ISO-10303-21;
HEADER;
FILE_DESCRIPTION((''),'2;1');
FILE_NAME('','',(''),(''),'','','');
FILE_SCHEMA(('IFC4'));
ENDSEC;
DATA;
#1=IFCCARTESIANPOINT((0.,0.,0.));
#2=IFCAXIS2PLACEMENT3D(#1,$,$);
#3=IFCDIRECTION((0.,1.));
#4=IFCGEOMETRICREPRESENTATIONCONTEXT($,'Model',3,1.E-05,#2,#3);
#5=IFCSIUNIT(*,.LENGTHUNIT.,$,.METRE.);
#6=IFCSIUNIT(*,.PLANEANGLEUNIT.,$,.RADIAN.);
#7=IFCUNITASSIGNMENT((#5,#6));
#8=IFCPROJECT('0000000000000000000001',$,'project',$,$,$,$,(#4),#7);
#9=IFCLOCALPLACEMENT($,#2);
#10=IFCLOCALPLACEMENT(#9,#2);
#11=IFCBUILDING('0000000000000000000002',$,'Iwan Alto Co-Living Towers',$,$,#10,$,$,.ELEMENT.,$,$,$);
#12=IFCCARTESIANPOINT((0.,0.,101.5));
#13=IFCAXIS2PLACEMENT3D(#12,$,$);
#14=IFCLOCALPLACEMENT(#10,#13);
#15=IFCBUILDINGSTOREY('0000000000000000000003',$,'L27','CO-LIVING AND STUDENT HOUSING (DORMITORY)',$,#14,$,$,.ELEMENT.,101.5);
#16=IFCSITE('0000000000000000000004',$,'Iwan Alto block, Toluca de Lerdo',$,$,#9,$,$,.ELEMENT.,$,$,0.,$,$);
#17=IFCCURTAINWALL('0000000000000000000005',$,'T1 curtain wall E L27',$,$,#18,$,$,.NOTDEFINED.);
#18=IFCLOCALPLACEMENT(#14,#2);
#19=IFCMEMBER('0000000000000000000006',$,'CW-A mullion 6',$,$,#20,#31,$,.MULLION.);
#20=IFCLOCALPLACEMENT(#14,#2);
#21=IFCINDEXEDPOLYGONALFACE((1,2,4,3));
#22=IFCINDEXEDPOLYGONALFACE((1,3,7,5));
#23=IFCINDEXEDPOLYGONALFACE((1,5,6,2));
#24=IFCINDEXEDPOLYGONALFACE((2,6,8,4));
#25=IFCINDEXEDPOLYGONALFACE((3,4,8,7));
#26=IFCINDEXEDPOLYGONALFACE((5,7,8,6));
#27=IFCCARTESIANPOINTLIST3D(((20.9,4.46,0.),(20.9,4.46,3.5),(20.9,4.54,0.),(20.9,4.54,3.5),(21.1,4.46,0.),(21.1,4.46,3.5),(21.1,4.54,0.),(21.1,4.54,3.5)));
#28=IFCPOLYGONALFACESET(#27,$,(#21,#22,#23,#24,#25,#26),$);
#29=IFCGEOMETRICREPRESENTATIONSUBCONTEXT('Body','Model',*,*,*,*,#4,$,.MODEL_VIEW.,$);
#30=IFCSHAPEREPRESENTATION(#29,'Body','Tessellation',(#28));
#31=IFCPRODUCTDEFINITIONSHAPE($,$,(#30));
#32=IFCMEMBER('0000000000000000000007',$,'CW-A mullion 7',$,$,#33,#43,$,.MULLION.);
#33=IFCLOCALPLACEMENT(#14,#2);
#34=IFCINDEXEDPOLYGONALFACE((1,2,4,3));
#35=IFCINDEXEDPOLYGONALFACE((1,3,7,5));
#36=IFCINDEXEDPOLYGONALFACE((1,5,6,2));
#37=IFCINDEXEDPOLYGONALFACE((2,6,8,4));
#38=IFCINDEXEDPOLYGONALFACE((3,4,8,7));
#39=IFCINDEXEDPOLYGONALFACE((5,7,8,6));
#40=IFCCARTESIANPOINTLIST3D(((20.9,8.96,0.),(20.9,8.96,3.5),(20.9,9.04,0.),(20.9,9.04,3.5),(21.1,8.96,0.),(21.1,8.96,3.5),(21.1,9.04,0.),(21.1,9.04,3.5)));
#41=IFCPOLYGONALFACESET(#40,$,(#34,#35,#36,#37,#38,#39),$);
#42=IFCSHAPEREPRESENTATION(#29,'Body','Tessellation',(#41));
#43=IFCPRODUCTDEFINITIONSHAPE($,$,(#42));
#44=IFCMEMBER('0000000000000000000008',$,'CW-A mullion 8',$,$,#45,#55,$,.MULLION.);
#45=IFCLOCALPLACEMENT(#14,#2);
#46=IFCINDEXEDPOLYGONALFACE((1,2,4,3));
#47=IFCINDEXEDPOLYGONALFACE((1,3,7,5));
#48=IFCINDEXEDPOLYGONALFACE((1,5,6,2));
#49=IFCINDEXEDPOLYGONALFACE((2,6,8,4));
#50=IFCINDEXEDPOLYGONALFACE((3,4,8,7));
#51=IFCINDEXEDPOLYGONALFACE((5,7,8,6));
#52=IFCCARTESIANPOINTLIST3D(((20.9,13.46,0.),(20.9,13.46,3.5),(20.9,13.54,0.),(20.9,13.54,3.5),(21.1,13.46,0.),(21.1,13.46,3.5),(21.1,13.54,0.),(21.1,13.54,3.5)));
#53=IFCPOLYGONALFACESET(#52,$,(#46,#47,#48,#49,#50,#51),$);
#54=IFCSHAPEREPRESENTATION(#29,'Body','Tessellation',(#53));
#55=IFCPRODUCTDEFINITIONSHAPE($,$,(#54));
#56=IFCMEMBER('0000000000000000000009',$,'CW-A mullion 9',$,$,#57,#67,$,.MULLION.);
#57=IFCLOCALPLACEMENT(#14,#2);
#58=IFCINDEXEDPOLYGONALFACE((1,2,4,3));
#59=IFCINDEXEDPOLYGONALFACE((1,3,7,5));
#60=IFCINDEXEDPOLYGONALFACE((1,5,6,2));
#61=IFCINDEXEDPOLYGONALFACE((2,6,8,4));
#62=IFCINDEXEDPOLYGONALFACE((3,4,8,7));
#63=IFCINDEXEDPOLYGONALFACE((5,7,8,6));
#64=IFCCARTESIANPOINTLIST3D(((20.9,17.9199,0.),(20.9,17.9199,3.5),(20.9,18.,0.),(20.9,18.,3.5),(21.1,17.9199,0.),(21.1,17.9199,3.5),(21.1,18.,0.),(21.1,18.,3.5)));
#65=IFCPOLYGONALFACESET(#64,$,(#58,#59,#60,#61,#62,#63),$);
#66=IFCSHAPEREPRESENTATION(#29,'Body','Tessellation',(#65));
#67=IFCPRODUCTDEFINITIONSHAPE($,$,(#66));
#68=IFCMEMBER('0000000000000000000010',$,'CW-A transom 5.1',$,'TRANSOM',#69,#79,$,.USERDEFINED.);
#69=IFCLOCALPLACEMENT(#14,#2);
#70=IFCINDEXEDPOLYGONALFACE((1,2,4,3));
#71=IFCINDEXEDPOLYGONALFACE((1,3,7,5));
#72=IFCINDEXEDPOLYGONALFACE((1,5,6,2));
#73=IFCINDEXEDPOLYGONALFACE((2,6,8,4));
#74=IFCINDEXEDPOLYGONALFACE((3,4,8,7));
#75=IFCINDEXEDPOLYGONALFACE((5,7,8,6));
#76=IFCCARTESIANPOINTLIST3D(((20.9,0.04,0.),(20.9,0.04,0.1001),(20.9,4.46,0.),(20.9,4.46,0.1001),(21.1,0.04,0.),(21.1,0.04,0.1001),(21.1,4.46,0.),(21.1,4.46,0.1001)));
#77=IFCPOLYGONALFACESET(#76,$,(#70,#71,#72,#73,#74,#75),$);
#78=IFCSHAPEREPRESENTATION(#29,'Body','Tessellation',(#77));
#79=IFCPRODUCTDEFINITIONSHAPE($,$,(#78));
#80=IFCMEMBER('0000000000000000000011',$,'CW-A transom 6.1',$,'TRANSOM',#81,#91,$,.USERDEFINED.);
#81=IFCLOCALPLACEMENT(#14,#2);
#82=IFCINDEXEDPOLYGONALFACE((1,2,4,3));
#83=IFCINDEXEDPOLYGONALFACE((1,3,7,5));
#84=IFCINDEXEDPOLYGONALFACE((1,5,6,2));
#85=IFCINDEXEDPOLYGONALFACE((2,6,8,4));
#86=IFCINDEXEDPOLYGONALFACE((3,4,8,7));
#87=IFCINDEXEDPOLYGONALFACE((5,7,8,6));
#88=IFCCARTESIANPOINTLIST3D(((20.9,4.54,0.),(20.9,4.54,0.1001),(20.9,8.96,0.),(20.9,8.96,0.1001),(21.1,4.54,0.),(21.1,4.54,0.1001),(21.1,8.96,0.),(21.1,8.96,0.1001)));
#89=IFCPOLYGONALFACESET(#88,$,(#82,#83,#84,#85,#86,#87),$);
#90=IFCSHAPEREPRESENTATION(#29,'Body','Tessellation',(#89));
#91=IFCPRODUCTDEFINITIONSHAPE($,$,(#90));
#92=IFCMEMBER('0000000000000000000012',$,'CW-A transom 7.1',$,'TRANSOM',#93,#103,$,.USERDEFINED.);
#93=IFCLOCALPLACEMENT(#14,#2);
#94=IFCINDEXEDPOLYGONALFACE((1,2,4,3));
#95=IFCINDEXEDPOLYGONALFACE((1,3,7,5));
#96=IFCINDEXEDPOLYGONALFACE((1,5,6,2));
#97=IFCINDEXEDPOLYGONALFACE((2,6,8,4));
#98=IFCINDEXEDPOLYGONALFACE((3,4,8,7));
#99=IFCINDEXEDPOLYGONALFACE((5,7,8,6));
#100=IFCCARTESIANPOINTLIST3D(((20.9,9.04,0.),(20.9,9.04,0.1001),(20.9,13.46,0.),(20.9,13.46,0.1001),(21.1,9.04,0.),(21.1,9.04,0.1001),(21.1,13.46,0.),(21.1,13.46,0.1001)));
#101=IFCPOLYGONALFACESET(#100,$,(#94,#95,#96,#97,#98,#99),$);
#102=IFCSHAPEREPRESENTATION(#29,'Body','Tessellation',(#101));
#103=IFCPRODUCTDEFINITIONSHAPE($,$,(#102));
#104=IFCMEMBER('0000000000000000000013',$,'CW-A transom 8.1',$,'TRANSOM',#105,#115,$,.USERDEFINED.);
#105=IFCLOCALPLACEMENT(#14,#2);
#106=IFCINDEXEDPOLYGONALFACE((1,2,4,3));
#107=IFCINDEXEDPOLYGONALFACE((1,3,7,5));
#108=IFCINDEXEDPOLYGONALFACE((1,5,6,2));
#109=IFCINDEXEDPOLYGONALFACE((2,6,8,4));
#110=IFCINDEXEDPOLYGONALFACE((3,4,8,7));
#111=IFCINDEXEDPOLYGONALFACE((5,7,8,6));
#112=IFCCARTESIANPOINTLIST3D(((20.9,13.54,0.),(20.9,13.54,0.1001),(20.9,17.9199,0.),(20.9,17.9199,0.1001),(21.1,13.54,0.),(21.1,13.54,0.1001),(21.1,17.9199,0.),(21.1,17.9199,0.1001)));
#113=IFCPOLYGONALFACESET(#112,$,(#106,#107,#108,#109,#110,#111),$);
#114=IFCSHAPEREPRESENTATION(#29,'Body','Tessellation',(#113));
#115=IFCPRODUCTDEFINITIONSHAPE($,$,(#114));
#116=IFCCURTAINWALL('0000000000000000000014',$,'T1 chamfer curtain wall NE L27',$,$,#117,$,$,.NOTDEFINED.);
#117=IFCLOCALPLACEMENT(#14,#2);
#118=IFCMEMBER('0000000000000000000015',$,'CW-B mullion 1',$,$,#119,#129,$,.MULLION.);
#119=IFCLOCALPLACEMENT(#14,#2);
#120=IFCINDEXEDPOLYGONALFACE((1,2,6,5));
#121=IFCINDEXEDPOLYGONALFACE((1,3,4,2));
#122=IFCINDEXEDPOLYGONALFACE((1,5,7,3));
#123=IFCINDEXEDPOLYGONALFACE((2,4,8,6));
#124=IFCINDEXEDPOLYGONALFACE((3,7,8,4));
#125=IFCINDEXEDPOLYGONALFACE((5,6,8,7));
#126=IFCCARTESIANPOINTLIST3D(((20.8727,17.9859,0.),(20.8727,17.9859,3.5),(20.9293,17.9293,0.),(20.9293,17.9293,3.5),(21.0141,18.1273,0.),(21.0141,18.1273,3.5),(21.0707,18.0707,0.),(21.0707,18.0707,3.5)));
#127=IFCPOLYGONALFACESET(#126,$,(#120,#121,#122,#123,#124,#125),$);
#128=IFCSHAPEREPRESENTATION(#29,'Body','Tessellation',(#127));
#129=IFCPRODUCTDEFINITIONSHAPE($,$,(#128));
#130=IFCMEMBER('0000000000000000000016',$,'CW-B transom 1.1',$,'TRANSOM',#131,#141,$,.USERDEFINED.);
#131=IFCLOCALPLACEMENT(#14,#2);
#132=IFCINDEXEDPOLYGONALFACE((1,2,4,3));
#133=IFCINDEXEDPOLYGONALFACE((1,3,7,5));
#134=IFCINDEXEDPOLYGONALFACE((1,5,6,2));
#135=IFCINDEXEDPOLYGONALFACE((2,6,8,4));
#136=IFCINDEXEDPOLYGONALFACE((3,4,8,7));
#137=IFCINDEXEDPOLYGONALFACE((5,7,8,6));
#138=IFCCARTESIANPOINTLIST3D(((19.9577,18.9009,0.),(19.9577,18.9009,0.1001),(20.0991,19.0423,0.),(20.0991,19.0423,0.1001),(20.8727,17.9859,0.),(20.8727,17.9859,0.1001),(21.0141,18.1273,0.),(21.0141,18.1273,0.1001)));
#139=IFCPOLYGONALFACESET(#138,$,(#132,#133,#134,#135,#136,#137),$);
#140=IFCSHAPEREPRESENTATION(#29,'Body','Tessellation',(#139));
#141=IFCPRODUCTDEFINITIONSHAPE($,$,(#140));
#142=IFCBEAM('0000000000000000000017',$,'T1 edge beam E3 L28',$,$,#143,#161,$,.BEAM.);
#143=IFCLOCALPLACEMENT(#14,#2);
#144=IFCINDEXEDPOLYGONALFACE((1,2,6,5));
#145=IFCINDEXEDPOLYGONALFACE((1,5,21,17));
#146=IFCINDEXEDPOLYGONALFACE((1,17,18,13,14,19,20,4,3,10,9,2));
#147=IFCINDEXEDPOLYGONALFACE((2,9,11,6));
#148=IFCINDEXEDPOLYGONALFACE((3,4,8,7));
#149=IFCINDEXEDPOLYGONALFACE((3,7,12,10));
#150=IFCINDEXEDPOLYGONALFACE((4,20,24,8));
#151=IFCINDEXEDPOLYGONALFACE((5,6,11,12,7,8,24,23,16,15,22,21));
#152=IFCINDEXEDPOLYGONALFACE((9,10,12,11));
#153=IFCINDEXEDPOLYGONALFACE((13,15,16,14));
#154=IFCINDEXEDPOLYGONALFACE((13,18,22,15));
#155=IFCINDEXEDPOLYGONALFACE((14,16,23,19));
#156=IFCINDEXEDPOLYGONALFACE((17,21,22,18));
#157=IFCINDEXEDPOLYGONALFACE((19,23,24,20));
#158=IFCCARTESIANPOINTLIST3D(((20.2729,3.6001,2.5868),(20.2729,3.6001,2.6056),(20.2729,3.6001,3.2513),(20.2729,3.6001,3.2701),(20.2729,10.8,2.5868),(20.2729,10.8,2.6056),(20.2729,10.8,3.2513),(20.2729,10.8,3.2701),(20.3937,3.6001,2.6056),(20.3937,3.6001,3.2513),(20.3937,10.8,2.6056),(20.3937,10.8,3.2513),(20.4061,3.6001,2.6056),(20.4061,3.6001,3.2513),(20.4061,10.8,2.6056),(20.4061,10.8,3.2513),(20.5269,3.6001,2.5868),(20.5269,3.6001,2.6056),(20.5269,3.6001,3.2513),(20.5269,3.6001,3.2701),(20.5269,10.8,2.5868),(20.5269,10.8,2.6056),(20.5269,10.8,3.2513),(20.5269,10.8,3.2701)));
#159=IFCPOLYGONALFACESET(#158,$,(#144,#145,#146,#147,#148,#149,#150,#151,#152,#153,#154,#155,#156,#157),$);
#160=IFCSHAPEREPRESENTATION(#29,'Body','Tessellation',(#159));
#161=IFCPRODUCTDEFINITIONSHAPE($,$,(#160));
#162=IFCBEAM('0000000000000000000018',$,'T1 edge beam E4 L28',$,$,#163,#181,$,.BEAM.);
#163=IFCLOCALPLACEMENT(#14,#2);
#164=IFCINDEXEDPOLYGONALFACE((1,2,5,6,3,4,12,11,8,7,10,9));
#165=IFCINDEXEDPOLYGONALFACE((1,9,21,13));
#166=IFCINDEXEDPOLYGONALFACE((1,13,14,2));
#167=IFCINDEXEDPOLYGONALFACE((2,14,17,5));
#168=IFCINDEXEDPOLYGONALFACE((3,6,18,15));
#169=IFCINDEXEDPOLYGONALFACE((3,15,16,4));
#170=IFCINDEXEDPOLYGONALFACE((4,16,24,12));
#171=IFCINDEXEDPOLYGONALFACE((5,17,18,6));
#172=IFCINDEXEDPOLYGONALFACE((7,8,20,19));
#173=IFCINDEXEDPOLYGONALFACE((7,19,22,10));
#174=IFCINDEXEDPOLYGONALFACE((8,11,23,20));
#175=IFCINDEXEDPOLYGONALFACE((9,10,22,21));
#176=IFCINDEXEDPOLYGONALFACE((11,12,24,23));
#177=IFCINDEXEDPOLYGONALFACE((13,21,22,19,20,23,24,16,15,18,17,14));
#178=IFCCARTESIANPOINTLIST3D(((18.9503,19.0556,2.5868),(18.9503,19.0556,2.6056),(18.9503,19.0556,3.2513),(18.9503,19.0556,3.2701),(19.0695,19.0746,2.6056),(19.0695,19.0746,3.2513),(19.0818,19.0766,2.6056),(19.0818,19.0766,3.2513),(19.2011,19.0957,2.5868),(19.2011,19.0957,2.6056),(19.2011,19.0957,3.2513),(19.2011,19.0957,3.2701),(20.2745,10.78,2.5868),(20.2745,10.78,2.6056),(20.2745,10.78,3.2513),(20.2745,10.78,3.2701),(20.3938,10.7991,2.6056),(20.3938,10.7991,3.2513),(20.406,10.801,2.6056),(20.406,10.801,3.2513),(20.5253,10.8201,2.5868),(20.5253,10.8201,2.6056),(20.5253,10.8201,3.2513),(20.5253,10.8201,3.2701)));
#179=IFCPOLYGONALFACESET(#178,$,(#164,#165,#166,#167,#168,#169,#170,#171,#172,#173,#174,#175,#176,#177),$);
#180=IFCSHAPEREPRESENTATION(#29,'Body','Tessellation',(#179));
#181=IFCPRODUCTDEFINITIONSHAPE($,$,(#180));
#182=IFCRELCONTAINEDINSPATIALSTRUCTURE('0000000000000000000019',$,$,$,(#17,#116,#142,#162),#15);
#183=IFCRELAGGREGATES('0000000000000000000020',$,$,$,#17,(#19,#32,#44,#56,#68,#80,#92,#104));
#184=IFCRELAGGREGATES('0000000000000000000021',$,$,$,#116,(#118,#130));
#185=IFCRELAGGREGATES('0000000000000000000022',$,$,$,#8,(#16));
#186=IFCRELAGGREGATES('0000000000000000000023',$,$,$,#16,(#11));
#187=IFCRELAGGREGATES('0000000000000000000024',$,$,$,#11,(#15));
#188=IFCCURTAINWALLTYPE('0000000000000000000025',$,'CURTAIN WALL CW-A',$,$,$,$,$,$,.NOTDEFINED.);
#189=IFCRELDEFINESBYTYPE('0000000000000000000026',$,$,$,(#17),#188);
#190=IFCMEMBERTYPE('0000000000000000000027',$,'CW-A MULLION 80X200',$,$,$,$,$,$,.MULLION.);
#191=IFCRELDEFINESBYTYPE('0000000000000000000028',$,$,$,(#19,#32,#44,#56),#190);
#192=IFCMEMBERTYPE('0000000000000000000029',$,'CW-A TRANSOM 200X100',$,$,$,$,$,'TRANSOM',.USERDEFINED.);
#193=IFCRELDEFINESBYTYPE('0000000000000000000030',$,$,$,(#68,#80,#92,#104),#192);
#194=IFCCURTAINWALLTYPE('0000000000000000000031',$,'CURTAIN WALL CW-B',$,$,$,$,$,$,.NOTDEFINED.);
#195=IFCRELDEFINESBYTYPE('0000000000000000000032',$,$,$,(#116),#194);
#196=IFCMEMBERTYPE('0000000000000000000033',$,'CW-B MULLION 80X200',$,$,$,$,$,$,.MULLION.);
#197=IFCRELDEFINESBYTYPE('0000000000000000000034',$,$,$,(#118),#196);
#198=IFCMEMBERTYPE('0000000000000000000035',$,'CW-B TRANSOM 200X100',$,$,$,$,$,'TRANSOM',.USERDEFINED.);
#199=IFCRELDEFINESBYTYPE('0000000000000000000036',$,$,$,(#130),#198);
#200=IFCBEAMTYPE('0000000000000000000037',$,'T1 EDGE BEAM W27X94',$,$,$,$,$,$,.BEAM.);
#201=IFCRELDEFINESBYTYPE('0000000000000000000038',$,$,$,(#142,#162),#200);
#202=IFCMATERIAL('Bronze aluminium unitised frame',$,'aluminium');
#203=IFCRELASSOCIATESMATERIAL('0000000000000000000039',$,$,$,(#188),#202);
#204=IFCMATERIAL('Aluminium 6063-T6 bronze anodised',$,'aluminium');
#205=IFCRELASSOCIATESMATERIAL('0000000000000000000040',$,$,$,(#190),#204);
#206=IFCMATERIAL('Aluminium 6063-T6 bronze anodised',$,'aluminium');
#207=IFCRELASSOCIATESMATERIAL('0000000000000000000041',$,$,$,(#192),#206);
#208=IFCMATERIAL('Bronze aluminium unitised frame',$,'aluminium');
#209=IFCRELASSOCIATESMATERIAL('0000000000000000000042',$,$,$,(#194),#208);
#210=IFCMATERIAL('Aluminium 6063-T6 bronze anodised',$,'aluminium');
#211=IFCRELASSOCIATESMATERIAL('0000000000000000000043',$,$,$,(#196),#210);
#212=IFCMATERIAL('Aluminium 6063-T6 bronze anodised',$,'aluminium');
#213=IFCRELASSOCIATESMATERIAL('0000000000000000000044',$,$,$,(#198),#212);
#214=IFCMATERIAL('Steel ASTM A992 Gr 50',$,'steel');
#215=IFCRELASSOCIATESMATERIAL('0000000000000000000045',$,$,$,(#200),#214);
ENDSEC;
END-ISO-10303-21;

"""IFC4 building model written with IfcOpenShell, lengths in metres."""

from ifc_helpers import new_model, si_unit, direction, frame, origin, origin_2d, place, context, subcontext, project, spatial, rectangle, i_section, extrude, material, material_profile, profile_set, type_object, element, aggregate, save


model = new_model("IFC4")

# Units and contexts
model_context = context("Model", 3, precision=1e-05, world=origin(), true_north=direction((0.0, 1.0)))
body_context = subcontext(model_context, "Body", "Model", "MODEL_VIEW")
ifc_project = project(units=[si_unit("LENGTHUNIT", "METRE"), si_unit("PLANEANGLEUNIT", "RADIAN")], contexts=[model_context])

# Site, building, storey
site_placement = place(None, origin())
site = spatial("IfcSite", under=ifc_project, at=site_placement, Name="Iwan Alto block, Toluca de Lerdo", CompositionType="ELEMENT", RefElevation=0.0)
building_placement = place(site_placement, origin())
building = spatial("IfcBuilding", under=site, at=building_placement, Name="Iwan Alto Co-Living Towers", CompositionType="ELEMENT")
storey_placement = place(building_placement, frame((0.0, 0.0, 101.5)))
storey = spatial("IfcBuildingStorey", under=building, at=storey_placement, Name="L27", Description="CO-LIVING AND STUDENT HOUSING (DORMITORY)", CompositionType="ELEMENT", Elevation=101.5)

# Curtain walls, members
ifc_material_1 = material(Name="Bronze aluminium unitised frame", Category="aluminium")
curtain_wall_type_1 = type_object("IfcCurtainWallType", Name="CURTAIN WALL CW-A", PredefinedType="NOTDEFINED", material=ifc_material_1)
curtain_wall_1_placement = place(storey_placement, origin())
curtain_wall_1 = element("IfcCurtainWall", 1, at=curtain_wall_1_placement, inside=storey, type_object=curtain_wall_type_1, Name="T1 curtain wall E L27", PredefinedType="NOTDEFINED")
ifc_material_2 = material(Name="Aluminium 6063-T6 bronze anodised", Category="aluminium")
ifc_material_profile_1 = material_profile(ifc_material_2, rectangle(XDim=0.2, YDim=0.0801, at=origin_2d()), Name="AL 80X200")
ifc_profile_set_1 = profile_set([ifc_material_profile_1], Name="Aluminium 6063-T6 bronze anodised")
member_type_1 = type_object("IfcMemberType", Name="CW-A MULLION 80X200", PredefinedType="MULLION", material=ifc_profile_set_1)
member_1_placement = place(storey_placement, frame((21.0, 4.5, 0.0), z_axis=(0.0, 0.0, 1.0), x_axis=(-1.0, 0.0, 0.0)))
member_1 = element("IfcMember", 2, at=member_1_placement, type_object=member_type_1, Name="CW-A mullion 6", PredefinedType="MULLION", context=body_context, shape_type="SweptSolid", body=[
    extrude(rectangle(XDim=0.2, YDim=0.0801, at=origin_2d()), origin(), (0.0, 0.0, 1.0), 3.5),
])
member_2_placement = place(storey_placement, frame((21.0, 9.0, 0.0), z_axis=(0.0, 0.0, 1.0), x_axis=(-1.0, 0.0, 0.0)))
member_2 = element("IfcMember", 3, at=member_2_placement, type_object=member_type_1, Name="CW-A mullion 7", PredefinedType="MULLION", context=body_context, shape_type="SweptSolid", body=[
    extrude(rectangle(XDim=0.2, YDim=0.0801, at=origin_2d()), origin(), (0.0, 0.0, 1.0), 3.5),
])
member_3_placement = place(storey_placement, frame((21.0, 13.5, 0.0), z_axis=(0.0, 0.0, 1.0), x_axis=(-1.0, 0.0, 0.0)))
member_3 = element("IfcMember", 4, at=member_3_placement, type_object=member_type_1, Name="CW-A mullion 8", PredefinedType="MULLION", context=body_context, shape_type="SweptSolid", body=[
    extrude(rectangle(XDim=0.2, YDim=0.0801, at=origin_2d()), origin(), (0.0, 0.0, 1.0), 3.5),
])
member_4_placement = place(storey_placement, frame((21.0, 17.96, 0.0), z_axis=(0.0, 0.0, 1.0), x_axis=(-1.0, 0.0, 0.0)))
member_4 = element("IfcMember", 5, at=member_4_placement, type_object=member_type_1, Name="CW-A mullion 9", PredefinedType="MULLION", context=body_context, shape_type="SweptSolid", body=[
    extrude(rectangle(XDim=0.2, YDim=0.0801, at=origin_2d()), origin(), (0.0, 0.0, 1.0), 3.5),
])
ifc_material_3 = material(Name="Aluminium 6063-T6 bronze anodised", Category="aluminium")
ifc_material_profile_2 = material_profile(ifc_material_3, rectangle(XDim=0.2, YDim=0.1001, at=origin_2d()), Name="AL 200X100")
ifc_profile_set_2 = profile_set([ifc_material_profile_2], Name="Aluminium 6063-T6 bronze anodised")
member_type_2 = type_object("IfcMemberType", Name="CW-A TRANSOM 200X100", ElementType="TRANSOM", PredefinedType="USERDEFINED", material=ifc_profile_set_2)
member_5_placement = place(storey_placement, frame((21.0, 0.04, 0.05), z_axis=(0.0, 1.0, 0.0), x_axis=(-1.0, 0.0, 0.0)))
member_5 = element("IfcMember", 6, at=member_5_placement, type_object=member_type_2, Name="CW-A transom 5.1", ObjectType="TRANSOM", PredefinedType="USERDEFINED", context=body_context, shape_type="SweptSolid", body=[
    extrude(rectangle(XDim=0.2, YDim=0.1001, at=origin_2d()), origin(), (0.0, 0.0, 1.0), 4.4199),
])
member_6_placement = place(storey_placement, frame((21.0, 4.54, 0.05), z_axis=(0.0, 1.0, 0.0), x_axis=(-1.0, 0.0, 0.0)))
member_6 = element("IfcMember", 7, at=member_6_placement, type_object=member_type_2, Name="CW-A transom 6.1", ObjectType="TRANSOM", PredefinedType="USERDEFINED", context=body_context, shape_type="SweptSolid", body=[
    extrude(rectangle(XDim=0.2, YDim=0.1001, at=origin_2d()), origin(), (0.0, 0.0, 1.0), 4.4199),
])
member_7_placement = place(storey_placement, frame((21.0, 9.04, 0.05), z_axis=(0.0, 1.0, 0.0), x_axis=(-1.0, 0.0, 0.0)))
member_7 = element("IfcMember", 8, at=member_7_placement, type_object=member_type_2, Name="CW-A transom 7.1", ObjectType="TRANSOM", PredefinedType="USERDEFINED", context=body_context, shape_type="SweptSolid", body=[
    extrude(rectangle(XDim=0.2, YDim=0.1001, at=origin_2d()), origin(), (0.0, 0.0, 1.0), 4.4199),
])
member_8_placement = place(storey_placement, frame((21.0, 13.54, 0.05), z_axis=(0.0, 1.0, 0.0), x_axis=(-1.0, 0.0, 0.0)))
member_8 = element("IfcMember", 9, at=member_8_placement, type_object=member_type_2, Name="CW-A transom 8.1", ObjectType="TRANSOM", PredefinedType="USERDEFINED", context=body_context, shape_type="SweptSolid", body=[
    extrude(rectangle(XDim=0.2, YDim=0.1001, at=origin_2d()), origin(), (0.0, 0.0, 1.0), 4.3799),
])
ifc_material_4 = material(Name="Bronze aluminium unitised frame", Category="aluminium")
curtain_wall_type_2 = type_object("IfcCurtainWallType", Name="CURTAIN WALL CW-B", PredefinedType="NOTDEFINED", material=ifc_material_4)
curtain_wall_2_placement = place(storey_placement, origin())
curtain_wall_2 = element("IfcCurtainWall", 10, at=curtain_wall_2_placement, inside=storey, type_object=curtain_wall_type_2, Name="T1 chamfer curtain wall NE L27", PredefinedType="NOTDEFINED")
ifc_material_5 = material(Name="Aluminium 6063-T6 bronze anodised", Category="aluminium")
ifc_material_profile_3 = material_profile(ifc_material_5, rectangle(XDim=0.2, YDim=0.0801, at=origin_2d()), Name="AL 80X200")
ifc_profile_set_3 = profile_set([ifc_material_profile_3], Name="Aluminium 6063-T6 bronze anodised")
member_type_3 = type_object("IfcMemberType", Name="CW-B MULLION 80X200", PredefinedType="MULLION", material=ifc_profile_set_3)
member_9_placement = place(storey_placement, frame((20.9717, 18.0283, 0.0), z_axis=(0.0, 0.0, 1.0), x_axis=(-0.707107, -0.707107, 0.0)))
member_9 = element("IfcMember", 11, at=member_9_placement, type_object=member_type_3, Name="CW-B mullion 1", PredefinedType="MULLION", context=body_context, shape_type="SweptSolid", body=[
    extrude(rectangle(XDim=0.2, YDim=0.0801, at=origin_2d()), origin(), (0.0, 0.0, 1.0), 3.5),
])
ifc_material_6 = material(Name="Aluminium 6063-T6 bronze anodised", Category="aluminium")
ifc_material_profile_4 = material_profile(ifc_material_6, rectangle(XDim=0.2, YDim=0.1001, at=origin_2d()), Name="AL 200X100")
ifc_profile_set_4 = profile_set([ifc_material_profile_4], Name="Aluminium 6063-T6 bronze anodised")
member_type_4 = type_object("IfcMemberType", Name="CW-B TRANSOM 200X100", ElementType="TRANSOM", PredefinedType="USERDEFINED", material=ifc_profile_set_4)
member_10_placement = place(storey_placement, frame((20.9434, 18.0566, 0.05), z_axis=(-0.707107, 0.707107, 0.0), x_axis=(-0.707107, -0.707107, 0.0)))
member_10 = element("IfcMember", 12, at=member_10_placement, type_object=member_type_4, Name="CW-B transom 1.1", ObjectType="TRANSOM", PredefinedType="USERDEFINED", context=body_context, shape_type="SweptSolid", body=[
    extrude(rectangle(XDim=0.2, YDim=0.1001, at=origin_2d()), origin(), (0.0, 0.0, 1.0), 1.2939),
])

# Beams
ifc_material_7 = material(Name="Steel ASTM A992 Gr 50", Category="steel")
ifc_material_profile_5 = material_profile(ifc_material_7, i_section(OverallWidth=0.2539, OverallDepth=0.6833, WebThickness=0.0125, FlangeThickness=0.0188, at=origin_2d()), Name="W27X94")
ifc_profile_set_5 = profile_set([ifc_material_profile_5], Name="Steel ASTM A992 Gr 50")
beam_type_1 = type_object("IfcBeamType", Name="T1 EDGE BEAM W27X94", PredefinedType="BEAM", material=ifc_profile_set_5)
beam_1_placement = place(storey_placement, frame((20.3999, 3.6001, 2.9285), z_axis=(0.0, 1.0, 0.0), x_axis=(-1.0, 0.0, 0.0)))
element("IfcBeam", 13, at=beam_1_placement, inside=storey, type_object=beam_type_1, Name="T1 edge beam E3 L28", PredefinedType="BEAM", context=body_context, shape_type="SweptSolid", body=[
    extrude(i_section(OverallWidth=0.2539, OverallDepth=0.6833, WebThickness=0.0125, FlangeThickness=0.0188, at=origin_2d()), origin(), (0.0, 0.0, 1.0), 7.2),
])
beam_2_placement = place(storey_placement, frame((20.3999, 10.8, 2.9285), z_axis=(-0.158004, 0.987438, 0.0), x_axis=(-0.987438, -0.158004, 0.0)))
element("IfcBeam", 14, at=beam_2_placement, inside=storey, type_object=beam_type_1, Name="T1 edge beam E4 L28", PredefinedType="BEAM", context=body_context, shape_type="SweptSolid", body=[
    extrude(i_section(OverallWidth=0.2539, OverallDepth=0.6833, WebThickness=0.0125, FlangeThickness=0.0188, at=origin_2d()), origin(), (0.0, 0.0, 1.0), 8.3809),
])

aggregate(curtain_wall_1, [member_1, member_2, member_3, member_4, member_5, member_6, member_7, member_8])
aggregate(curtain_wall_2, [member_9, member_10])

save(model, "model.ifc")
